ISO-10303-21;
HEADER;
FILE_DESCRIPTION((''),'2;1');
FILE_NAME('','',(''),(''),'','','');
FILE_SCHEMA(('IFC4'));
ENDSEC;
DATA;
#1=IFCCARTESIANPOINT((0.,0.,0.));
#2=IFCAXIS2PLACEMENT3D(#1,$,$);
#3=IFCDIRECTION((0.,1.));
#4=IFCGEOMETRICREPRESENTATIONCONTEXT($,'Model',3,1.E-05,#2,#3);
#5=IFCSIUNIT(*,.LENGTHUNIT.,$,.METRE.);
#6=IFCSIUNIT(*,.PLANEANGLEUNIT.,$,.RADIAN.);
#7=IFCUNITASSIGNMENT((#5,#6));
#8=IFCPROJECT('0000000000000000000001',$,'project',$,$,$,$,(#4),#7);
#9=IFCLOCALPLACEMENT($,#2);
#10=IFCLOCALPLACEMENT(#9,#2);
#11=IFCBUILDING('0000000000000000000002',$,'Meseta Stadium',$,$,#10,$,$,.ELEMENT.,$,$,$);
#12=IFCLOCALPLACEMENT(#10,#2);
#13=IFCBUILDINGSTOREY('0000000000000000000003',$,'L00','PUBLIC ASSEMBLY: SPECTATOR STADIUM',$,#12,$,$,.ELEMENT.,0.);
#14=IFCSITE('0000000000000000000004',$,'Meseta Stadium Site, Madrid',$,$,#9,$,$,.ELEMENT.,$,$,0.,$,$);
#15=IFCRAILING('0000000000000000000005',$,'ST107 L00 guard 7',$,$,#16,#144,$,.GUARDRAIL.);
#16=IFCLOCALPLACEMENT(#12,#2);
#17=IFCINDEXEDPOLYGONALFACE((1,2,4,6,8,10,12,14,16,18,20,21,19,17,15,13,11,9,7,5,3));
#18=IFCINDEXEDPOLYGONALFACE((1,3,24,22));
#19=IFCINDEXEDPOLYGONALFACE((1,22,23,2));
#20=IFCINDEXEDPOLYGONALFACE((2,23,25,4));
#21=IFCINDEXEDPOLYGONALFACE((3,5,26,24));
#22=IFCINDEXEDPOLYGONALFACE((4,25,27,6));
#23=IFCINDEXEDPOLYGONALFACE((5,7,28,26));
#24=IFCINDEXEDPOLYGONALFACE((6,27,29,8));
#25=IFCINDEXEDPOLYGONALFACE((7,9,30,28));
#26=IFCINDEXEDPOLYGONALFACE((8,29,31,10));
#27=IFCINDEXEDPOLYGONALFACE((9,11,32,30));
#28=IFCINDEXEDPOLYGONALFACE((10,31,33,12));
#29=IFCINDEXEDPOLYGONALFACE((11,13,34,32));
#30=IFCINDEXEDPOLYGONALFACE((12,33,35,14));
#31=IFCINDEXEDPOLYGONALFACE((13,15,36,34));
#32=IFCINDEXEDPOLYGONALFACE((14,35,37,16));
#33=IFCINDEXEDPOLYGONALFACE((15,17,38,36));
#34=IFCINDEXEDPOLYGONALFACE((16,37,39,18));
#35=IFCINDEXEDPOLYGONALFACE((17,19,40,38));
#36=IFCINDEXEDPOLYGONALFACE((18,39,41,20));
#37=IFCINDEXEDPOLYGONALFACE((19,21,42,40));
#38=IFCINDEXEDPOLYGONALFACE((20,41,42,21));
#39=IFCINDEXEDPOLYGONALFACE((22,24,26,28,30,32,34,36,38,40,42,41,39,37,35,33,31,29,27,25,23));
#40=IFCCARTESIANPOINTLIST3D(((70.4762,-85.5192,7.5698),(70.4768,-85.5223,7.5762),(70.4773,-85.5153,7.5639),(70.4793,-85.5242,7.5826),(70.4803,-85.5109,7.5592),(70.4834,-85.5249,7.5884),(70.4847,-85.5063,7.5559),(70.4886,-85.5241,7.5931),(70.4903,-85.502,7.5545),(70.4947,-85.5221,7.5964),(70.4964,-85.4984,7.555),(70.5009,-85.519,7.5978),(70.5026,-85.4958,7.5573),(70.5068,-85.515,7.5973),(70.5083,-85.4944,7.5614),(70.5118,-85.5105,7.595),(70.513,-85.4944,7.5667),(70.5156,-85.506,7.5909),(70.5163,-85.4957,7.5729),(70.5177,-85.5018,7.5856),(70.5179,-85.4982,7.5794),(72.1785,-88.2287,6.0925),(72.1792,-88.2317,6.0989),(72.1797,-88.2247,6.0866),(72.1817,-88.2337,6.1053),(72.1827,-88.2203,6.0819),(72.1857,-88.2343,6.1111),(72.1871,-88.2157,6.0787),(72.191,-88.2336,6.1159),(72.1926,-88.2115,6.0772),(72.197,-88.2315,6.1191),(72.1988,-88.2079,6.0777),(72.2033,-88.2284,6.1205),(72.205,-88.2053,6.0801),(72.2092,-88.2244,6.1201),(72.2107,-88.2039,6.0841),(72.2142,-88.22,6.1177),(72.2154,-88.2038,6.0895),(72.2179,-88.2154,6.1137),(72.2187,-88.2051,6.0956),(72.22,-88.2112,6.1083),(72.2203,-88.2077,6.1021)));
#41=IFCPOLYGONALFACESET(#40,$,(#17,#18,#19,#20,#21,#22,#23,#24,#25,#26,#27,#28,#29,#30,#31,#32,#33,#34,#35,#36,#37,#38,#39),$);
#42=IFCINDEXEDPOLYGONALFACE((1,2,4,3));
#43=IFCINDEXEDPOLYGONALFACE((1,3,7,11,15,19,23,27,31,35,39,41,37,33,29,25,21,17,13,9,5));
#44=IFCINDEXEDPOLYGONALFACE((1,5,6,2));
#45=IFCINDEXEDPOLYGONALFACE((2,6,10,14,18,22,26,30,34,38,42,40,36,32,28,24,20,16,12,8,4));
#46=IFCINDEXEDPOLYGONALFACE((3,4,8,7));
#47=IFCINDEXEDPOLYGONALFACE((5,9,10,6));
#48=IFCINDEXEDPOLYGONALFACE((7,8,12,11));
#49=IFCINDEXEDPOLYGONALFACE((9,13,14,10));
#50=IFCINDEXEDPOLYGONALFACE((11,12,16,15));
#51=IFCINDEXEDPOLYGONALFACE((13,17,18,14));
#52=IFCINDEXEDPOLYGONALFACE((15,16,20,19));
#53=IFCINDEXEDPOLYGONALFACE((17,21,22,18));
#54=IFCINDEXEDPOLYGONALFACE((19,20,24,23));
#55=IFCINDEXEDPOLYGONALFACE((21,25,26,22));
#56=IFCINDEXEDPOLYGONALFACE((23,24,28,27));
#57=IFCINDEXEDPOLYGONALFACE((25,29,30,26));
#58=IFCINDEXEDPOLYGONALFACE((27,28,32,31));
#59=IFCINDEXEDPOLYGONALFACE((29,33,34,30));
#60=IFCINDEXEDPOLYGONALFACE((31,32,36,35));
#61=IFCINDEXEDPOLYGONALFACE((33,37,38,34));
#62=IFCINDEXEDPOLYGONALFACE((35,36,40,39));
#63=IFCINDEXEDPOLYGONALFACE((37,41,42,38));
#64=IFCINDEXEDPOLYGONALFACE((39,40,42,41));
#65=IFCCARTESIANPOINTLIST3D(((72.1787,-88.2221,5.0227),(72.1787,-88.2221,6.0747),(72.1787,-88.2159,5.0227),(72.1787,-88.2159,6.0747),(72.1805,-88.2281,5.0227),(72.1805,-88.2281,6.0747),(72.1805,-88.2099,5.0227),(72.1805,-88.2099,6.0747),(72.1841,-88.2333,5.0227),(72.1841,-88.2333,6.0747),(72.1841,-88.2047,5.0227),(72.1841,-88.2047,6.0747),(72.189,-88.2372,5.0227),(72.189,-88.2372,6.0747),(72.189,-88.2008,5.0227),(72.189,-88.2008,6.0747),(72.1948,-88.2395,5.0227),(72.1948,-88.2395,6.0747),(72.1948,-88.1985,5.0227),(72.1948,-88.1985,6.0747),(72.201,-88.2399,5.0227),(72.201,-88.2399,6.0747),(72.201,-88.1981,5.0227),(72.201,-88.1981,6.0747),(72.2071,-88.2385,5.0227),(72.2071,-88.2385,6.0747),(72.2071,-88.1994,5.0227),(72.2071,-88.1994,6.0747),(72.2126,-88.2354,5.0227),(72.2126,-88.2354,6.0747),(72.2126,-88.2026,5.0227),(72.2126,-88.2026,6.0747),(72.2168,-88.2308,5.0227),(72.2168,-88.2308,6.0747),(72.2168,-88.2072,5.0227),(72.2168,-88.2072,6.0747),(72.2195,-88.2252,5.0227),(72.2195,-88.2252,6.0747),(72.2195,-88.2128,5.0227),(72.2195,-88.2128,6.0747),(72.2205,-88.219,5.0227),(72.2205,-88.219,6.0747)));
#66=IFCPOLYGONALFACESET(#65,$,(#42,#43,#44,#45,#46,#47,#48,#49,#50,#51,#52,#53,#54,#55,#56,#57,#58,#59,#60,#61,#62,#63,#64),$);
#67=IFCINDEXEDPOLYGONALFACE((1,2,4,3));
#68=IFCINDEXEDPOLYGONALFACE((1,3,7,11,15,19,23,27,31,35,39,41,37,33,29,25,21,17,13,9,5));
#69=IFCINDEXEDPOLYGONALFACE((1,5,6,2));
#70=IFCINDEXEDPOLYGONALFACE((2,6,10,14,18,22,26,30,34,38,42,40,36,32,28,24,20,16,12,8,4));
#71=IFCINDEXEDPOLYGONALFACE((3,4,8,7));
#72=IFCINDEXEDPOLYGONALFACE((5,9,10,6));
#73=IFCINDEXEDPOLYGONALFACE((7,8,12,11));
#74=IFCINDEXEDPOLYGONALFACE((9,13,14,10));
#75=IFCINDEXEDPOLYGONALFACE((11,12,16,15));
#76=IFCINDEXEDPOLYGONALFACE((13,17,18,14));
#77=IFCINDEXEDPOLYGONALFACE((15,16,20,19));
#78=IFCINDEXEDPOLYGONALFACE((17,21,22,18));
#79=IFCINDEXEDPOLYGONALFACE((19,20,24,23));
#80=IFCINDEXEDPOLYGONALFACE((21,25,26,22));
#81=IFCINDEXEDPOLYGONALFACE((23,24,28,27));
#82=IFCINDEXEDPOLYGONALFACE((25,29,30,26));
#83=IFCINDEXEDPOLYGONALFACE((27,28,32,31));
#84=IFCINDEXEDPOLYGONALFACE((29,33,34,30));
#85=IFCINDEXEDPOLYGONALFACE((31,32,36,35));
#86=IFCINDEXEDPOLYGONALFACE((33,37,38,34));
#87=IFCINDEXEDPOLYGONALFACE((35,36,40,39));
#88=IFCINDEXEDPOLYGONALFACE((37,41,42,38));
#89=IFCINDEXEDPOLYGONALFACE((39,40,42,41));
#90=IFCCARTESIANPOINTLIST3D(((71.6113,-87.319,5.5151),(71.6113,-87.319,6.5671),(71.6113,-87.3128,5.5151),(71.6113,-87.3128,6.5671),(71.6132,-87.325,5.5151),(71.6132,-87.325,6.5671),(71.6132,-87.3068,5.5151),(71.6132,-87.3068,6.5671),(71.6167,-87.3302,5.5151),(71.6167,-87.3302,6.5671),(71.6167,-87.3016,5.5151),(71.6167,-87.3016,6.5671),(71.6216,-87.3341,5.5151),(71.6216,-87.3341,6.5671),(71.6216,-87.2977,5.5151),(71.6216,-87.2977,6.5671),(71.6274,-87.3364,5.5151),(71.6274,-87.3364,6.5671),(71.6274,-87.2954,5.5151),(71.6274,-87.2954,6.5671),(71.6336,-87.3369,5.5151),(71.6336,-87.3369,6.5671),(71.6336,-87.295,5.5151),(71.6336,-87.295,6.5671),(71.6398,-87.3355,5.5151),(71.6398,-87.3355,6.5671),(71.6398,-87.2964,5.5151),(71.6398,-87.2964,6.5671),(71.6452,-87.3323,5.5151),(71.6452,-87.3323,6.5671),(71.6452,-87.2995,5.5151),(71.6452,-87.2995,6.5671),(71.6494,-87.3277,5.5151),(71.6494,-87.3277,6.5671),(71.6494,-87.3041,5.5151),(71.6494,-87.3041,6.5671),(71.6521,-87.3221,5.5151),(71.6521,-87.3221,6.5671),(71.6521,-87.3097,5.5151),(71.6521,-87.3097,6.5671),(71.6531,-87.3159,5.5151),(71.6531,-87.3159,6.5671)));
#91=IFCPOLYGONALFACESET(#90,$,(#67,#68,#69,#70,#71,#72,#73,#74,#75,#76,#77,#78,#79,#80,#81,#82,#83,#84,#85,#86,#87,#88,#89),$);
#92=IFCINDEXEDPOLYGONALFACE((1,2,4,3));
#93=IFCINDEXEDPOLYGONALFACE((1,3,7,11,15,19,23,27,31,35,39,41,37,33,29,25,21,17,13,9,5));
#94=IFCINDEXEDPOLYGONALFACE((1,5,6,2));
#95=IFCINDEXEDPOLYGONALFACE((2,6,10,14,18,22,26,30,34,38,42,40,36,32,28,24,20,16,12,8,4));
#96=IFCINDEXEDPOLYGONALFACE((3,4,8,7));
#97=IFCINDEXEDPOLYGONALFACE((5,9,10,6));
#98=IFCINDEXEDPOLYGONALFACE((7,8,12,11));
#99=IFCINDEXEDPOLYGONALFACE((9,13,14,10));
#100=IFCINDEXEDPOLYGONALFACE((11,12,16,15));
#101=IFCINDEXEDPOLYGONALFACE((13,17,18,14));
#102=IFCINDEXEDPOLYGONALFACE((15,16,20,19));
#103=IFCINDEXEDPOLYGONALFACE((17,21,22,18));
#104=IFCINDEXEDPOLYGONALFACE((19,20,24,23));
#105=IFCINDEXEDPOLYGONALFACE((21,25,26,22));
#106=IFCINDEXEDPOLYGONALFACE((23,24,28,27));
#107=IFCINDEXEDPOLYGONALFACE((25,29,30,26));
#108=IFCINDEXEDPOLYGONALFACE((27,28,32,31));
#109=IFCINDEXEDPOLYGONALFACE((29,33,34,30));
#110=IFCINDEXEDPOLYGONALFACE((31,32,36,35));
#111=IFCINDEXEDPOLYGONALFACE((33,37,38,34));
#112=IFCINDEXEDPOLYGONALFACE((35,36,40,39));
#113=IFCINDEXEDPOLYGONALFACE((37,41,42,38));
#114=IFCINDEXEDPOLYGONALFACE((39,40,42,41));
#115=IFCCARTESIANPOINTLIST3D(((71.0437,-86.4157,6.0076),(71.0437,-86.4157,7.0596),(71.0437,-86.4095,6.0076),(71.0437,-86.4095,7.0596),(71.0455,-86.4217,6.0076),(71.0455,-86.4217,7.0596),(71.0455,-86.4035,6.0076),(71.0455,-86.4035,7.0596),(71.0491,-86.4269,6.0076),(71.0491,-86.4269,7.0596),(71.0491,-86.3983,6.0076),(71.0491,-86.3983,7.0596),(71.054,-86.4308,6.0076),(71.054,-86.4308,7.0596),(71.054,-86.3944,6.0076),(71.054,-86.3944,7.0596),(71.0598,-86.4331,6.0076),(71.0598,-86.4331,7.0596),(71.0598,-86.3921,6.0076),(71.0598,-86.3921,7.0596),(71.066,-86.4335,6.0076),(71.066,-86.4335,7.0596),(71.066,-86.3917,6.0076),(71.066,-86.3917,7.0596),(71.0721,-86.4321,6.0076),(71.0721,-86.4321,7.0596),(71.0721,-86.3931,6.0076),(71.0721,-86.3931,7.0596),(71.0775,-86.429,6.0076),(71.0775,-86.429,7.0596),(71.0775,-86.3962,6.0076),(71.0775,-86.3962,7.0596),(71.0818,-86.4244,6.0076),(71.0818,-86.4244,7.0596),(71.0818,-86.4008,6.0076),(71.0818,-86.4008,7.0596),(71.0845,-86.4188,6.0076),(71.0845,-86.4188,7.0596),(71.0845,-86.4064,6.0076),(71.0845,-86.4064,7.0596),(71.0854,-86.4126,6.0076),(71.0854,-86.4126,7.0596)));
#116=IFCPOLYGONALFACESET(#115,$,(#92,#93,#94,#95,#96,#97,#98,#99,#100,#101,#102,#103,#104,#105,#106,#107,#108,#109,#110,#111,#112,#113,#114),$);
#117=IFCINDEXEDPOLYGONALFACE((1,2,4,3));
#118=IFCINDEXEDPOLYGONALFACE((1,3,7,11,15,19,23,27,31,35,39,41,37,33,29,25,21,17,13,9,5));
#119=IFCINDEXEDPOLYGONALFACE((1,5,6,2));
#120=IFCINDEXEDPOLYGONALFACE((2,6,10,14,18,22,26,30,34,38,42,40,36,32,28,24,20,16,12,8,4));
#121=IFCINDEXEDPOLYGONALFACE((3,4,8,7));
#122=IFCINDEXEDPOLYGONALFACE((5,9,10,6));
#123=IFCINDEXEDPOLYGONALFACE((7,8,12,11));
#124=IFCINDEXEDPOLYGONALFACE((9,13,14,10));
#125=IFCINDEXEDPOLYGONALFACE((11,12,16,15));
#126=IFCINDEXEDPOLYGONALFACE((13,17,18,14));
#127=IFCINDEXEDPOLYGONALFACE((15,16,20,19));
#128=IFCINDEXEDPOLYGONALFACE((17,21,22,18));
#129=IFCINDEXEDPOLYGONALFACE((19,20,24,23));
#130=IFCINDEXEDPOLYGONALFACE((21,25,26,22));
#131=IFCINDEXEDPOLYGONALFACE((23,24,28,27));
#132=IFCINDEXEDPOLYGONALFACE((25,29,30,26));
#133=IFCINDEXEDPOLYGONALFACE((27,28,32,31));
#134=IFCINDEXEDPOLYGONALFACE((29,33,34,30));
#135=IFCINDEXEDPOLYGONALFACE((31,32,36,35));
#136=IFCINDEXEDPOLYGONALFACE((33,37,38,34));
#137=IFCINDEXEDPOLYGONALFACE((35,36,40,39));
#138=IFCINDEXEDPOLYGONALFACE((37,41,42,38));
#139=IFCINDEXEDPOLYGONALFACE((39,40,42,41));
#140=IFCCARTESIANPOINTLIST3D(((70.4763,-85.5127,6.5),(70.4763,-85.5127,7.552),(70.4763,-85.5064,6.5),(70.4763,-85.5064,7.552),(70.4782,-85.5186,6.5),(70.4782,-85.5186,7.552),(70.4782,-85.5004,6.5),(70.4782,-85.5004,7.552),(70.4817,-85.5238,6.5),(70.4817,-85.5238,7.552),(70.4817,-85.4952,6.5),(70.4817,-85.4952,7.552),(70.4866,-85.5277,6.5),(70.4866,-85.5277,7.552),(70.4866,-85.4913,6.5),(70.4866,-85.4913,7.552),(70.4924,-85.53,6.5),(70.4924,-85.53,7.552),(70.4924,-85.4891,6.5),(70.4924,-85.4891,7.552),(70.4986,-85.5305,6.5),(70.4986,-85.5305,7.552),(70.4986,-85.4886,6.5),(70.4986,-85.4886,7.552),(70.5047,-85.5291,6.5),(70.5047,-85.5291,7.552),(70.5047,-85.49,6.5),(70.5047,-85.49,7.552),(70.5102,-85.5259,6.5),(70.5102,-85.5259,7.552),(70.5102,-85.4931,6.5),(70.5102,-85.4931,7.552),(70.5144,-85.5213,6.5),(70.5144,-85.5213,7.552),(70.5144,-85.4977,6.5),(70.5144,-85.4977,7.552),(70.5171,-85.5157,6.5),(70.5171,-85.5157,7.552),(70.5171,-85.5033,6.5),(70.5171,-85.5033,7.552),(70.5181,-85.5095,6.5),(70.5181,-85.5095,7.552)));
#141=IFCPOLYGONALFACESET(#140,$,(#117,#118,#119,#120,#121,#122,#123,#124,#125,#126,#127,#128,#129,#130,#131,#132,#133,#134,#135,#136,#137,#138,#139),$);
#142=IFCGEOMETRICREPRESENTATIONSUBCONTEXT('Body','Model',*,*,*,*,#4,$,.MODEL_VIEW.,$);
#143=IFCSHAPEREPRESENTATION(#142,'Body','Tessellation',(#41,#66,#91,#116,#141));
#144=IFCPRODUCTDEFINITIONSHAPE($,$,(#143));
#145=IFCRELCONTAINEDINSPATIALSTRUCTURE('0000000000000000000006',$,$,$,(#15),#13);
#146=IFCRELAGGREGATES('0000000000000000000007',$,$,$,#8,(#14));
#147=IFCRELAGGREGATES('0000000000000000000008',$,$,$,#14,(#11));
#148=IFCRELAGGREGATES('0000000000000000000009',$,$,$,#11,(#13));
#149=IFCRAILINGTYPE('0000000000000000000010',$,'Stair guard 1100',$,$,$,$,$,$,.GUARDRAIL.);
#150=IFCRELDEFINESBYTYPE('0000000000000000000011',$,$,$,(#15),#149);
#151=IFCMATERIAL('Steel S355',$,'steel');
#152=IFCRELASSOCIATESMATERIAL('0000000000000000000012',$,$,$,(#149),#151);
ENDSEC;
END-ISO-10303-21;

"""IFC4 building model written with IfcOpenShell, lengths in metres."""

from ifc_helpers import new_model, si_unit, direction, frame, origin, origin_2d, place, context, subcontext, project, spatial, circle, extrude, material, type_object, element, save


model = new_model("IFC4")

# Units and contexts
model_context = context("Model", 3, precision=1e-05, world=origin(), true_north=direction((0.0, 1.0)))
body_context = subcontext(model_context, "Body", "Model", "MODEL_VIEW")
ifc_project = project(units=[si_unit("LENGTHUNIT", "METRE"), si_unit("PLANEANGLEUNIT", "RADIAN")], contexts=[model_context])

# Site, building, storey
site_placement = place(None, origin())
site = spatial("IfcSite", under=ifc_project, at=site_placement, Name="Meseta Stadium Site, Madrid", CompositionType="ELEMENT", RefElevation=0.0)
building_placement = place(site_placement, origin())
building = spatial("IfcBuilding", under=site, at=building_placement, Name="Meseta Stadium", CompositionType="ELEMENT")
storey_placement = place(building_placement, origin())
storey = spatial("IfcBuildingStorey", under=building, at=storey_placement, Name="L00", Description="PUBLIC ASSEMBLY: SPECTATOR STADIUM", CompositionType="ELEMENT", Elevation=0.0)

# Railing
ifc_material_1 = material(Name="Steel S355", Category="steel")
railing_type_1 = type_object("IfcRailingType", Name="Stair guard 1100", PredefinedType="GUARDRAIL", material=ifc_material_1)
railing_1_placement = place(storey_placement, frame((72.1995, -88.219, 5.0227)))
element("IfcRailing", 1, at=railing_1_placement, inside=storey, type_object=railing_type_1, Name="ST107 L00 guard 7", PredefinedType="GUARDRAIL", context=body_context, shape_type="SweptSolid", body=[
    extrude(circle(Radius=0.0239, at=origin_2d()), frame((0.0, 0.0, 1.0762), z_axis=(-0.483023, 0.768764, 0.419156), x_axis=(-0.846736, -0.532014, 0.0)), (0.0, 0.0, 1.0), 3.5244),
    extrude(circle(Radius=0.021, at=origin_2d()), origin(), (0.0, 0.0, 1.0), 1.052),
    extrude(circle(Radius=0.021, at=origin_2d()), frame((-0.5674, 0.9031, 0.4924)), (0.0, 0.0, 1.0), 1.052),
    extrude(circle(Radius=0.021, at=origin_2d()), frame((-1.135, 1.8064, 0.9849)), (0.0, 0.0, 1.0), 1.052),
    extrude(circle(Radius=0.021, at=origin_2d()), frame((-1.7024, 2.7095, 1.4773)), (0.0, 0.0, 1.0), 1.052),
])

save(model, "model.ifc")
